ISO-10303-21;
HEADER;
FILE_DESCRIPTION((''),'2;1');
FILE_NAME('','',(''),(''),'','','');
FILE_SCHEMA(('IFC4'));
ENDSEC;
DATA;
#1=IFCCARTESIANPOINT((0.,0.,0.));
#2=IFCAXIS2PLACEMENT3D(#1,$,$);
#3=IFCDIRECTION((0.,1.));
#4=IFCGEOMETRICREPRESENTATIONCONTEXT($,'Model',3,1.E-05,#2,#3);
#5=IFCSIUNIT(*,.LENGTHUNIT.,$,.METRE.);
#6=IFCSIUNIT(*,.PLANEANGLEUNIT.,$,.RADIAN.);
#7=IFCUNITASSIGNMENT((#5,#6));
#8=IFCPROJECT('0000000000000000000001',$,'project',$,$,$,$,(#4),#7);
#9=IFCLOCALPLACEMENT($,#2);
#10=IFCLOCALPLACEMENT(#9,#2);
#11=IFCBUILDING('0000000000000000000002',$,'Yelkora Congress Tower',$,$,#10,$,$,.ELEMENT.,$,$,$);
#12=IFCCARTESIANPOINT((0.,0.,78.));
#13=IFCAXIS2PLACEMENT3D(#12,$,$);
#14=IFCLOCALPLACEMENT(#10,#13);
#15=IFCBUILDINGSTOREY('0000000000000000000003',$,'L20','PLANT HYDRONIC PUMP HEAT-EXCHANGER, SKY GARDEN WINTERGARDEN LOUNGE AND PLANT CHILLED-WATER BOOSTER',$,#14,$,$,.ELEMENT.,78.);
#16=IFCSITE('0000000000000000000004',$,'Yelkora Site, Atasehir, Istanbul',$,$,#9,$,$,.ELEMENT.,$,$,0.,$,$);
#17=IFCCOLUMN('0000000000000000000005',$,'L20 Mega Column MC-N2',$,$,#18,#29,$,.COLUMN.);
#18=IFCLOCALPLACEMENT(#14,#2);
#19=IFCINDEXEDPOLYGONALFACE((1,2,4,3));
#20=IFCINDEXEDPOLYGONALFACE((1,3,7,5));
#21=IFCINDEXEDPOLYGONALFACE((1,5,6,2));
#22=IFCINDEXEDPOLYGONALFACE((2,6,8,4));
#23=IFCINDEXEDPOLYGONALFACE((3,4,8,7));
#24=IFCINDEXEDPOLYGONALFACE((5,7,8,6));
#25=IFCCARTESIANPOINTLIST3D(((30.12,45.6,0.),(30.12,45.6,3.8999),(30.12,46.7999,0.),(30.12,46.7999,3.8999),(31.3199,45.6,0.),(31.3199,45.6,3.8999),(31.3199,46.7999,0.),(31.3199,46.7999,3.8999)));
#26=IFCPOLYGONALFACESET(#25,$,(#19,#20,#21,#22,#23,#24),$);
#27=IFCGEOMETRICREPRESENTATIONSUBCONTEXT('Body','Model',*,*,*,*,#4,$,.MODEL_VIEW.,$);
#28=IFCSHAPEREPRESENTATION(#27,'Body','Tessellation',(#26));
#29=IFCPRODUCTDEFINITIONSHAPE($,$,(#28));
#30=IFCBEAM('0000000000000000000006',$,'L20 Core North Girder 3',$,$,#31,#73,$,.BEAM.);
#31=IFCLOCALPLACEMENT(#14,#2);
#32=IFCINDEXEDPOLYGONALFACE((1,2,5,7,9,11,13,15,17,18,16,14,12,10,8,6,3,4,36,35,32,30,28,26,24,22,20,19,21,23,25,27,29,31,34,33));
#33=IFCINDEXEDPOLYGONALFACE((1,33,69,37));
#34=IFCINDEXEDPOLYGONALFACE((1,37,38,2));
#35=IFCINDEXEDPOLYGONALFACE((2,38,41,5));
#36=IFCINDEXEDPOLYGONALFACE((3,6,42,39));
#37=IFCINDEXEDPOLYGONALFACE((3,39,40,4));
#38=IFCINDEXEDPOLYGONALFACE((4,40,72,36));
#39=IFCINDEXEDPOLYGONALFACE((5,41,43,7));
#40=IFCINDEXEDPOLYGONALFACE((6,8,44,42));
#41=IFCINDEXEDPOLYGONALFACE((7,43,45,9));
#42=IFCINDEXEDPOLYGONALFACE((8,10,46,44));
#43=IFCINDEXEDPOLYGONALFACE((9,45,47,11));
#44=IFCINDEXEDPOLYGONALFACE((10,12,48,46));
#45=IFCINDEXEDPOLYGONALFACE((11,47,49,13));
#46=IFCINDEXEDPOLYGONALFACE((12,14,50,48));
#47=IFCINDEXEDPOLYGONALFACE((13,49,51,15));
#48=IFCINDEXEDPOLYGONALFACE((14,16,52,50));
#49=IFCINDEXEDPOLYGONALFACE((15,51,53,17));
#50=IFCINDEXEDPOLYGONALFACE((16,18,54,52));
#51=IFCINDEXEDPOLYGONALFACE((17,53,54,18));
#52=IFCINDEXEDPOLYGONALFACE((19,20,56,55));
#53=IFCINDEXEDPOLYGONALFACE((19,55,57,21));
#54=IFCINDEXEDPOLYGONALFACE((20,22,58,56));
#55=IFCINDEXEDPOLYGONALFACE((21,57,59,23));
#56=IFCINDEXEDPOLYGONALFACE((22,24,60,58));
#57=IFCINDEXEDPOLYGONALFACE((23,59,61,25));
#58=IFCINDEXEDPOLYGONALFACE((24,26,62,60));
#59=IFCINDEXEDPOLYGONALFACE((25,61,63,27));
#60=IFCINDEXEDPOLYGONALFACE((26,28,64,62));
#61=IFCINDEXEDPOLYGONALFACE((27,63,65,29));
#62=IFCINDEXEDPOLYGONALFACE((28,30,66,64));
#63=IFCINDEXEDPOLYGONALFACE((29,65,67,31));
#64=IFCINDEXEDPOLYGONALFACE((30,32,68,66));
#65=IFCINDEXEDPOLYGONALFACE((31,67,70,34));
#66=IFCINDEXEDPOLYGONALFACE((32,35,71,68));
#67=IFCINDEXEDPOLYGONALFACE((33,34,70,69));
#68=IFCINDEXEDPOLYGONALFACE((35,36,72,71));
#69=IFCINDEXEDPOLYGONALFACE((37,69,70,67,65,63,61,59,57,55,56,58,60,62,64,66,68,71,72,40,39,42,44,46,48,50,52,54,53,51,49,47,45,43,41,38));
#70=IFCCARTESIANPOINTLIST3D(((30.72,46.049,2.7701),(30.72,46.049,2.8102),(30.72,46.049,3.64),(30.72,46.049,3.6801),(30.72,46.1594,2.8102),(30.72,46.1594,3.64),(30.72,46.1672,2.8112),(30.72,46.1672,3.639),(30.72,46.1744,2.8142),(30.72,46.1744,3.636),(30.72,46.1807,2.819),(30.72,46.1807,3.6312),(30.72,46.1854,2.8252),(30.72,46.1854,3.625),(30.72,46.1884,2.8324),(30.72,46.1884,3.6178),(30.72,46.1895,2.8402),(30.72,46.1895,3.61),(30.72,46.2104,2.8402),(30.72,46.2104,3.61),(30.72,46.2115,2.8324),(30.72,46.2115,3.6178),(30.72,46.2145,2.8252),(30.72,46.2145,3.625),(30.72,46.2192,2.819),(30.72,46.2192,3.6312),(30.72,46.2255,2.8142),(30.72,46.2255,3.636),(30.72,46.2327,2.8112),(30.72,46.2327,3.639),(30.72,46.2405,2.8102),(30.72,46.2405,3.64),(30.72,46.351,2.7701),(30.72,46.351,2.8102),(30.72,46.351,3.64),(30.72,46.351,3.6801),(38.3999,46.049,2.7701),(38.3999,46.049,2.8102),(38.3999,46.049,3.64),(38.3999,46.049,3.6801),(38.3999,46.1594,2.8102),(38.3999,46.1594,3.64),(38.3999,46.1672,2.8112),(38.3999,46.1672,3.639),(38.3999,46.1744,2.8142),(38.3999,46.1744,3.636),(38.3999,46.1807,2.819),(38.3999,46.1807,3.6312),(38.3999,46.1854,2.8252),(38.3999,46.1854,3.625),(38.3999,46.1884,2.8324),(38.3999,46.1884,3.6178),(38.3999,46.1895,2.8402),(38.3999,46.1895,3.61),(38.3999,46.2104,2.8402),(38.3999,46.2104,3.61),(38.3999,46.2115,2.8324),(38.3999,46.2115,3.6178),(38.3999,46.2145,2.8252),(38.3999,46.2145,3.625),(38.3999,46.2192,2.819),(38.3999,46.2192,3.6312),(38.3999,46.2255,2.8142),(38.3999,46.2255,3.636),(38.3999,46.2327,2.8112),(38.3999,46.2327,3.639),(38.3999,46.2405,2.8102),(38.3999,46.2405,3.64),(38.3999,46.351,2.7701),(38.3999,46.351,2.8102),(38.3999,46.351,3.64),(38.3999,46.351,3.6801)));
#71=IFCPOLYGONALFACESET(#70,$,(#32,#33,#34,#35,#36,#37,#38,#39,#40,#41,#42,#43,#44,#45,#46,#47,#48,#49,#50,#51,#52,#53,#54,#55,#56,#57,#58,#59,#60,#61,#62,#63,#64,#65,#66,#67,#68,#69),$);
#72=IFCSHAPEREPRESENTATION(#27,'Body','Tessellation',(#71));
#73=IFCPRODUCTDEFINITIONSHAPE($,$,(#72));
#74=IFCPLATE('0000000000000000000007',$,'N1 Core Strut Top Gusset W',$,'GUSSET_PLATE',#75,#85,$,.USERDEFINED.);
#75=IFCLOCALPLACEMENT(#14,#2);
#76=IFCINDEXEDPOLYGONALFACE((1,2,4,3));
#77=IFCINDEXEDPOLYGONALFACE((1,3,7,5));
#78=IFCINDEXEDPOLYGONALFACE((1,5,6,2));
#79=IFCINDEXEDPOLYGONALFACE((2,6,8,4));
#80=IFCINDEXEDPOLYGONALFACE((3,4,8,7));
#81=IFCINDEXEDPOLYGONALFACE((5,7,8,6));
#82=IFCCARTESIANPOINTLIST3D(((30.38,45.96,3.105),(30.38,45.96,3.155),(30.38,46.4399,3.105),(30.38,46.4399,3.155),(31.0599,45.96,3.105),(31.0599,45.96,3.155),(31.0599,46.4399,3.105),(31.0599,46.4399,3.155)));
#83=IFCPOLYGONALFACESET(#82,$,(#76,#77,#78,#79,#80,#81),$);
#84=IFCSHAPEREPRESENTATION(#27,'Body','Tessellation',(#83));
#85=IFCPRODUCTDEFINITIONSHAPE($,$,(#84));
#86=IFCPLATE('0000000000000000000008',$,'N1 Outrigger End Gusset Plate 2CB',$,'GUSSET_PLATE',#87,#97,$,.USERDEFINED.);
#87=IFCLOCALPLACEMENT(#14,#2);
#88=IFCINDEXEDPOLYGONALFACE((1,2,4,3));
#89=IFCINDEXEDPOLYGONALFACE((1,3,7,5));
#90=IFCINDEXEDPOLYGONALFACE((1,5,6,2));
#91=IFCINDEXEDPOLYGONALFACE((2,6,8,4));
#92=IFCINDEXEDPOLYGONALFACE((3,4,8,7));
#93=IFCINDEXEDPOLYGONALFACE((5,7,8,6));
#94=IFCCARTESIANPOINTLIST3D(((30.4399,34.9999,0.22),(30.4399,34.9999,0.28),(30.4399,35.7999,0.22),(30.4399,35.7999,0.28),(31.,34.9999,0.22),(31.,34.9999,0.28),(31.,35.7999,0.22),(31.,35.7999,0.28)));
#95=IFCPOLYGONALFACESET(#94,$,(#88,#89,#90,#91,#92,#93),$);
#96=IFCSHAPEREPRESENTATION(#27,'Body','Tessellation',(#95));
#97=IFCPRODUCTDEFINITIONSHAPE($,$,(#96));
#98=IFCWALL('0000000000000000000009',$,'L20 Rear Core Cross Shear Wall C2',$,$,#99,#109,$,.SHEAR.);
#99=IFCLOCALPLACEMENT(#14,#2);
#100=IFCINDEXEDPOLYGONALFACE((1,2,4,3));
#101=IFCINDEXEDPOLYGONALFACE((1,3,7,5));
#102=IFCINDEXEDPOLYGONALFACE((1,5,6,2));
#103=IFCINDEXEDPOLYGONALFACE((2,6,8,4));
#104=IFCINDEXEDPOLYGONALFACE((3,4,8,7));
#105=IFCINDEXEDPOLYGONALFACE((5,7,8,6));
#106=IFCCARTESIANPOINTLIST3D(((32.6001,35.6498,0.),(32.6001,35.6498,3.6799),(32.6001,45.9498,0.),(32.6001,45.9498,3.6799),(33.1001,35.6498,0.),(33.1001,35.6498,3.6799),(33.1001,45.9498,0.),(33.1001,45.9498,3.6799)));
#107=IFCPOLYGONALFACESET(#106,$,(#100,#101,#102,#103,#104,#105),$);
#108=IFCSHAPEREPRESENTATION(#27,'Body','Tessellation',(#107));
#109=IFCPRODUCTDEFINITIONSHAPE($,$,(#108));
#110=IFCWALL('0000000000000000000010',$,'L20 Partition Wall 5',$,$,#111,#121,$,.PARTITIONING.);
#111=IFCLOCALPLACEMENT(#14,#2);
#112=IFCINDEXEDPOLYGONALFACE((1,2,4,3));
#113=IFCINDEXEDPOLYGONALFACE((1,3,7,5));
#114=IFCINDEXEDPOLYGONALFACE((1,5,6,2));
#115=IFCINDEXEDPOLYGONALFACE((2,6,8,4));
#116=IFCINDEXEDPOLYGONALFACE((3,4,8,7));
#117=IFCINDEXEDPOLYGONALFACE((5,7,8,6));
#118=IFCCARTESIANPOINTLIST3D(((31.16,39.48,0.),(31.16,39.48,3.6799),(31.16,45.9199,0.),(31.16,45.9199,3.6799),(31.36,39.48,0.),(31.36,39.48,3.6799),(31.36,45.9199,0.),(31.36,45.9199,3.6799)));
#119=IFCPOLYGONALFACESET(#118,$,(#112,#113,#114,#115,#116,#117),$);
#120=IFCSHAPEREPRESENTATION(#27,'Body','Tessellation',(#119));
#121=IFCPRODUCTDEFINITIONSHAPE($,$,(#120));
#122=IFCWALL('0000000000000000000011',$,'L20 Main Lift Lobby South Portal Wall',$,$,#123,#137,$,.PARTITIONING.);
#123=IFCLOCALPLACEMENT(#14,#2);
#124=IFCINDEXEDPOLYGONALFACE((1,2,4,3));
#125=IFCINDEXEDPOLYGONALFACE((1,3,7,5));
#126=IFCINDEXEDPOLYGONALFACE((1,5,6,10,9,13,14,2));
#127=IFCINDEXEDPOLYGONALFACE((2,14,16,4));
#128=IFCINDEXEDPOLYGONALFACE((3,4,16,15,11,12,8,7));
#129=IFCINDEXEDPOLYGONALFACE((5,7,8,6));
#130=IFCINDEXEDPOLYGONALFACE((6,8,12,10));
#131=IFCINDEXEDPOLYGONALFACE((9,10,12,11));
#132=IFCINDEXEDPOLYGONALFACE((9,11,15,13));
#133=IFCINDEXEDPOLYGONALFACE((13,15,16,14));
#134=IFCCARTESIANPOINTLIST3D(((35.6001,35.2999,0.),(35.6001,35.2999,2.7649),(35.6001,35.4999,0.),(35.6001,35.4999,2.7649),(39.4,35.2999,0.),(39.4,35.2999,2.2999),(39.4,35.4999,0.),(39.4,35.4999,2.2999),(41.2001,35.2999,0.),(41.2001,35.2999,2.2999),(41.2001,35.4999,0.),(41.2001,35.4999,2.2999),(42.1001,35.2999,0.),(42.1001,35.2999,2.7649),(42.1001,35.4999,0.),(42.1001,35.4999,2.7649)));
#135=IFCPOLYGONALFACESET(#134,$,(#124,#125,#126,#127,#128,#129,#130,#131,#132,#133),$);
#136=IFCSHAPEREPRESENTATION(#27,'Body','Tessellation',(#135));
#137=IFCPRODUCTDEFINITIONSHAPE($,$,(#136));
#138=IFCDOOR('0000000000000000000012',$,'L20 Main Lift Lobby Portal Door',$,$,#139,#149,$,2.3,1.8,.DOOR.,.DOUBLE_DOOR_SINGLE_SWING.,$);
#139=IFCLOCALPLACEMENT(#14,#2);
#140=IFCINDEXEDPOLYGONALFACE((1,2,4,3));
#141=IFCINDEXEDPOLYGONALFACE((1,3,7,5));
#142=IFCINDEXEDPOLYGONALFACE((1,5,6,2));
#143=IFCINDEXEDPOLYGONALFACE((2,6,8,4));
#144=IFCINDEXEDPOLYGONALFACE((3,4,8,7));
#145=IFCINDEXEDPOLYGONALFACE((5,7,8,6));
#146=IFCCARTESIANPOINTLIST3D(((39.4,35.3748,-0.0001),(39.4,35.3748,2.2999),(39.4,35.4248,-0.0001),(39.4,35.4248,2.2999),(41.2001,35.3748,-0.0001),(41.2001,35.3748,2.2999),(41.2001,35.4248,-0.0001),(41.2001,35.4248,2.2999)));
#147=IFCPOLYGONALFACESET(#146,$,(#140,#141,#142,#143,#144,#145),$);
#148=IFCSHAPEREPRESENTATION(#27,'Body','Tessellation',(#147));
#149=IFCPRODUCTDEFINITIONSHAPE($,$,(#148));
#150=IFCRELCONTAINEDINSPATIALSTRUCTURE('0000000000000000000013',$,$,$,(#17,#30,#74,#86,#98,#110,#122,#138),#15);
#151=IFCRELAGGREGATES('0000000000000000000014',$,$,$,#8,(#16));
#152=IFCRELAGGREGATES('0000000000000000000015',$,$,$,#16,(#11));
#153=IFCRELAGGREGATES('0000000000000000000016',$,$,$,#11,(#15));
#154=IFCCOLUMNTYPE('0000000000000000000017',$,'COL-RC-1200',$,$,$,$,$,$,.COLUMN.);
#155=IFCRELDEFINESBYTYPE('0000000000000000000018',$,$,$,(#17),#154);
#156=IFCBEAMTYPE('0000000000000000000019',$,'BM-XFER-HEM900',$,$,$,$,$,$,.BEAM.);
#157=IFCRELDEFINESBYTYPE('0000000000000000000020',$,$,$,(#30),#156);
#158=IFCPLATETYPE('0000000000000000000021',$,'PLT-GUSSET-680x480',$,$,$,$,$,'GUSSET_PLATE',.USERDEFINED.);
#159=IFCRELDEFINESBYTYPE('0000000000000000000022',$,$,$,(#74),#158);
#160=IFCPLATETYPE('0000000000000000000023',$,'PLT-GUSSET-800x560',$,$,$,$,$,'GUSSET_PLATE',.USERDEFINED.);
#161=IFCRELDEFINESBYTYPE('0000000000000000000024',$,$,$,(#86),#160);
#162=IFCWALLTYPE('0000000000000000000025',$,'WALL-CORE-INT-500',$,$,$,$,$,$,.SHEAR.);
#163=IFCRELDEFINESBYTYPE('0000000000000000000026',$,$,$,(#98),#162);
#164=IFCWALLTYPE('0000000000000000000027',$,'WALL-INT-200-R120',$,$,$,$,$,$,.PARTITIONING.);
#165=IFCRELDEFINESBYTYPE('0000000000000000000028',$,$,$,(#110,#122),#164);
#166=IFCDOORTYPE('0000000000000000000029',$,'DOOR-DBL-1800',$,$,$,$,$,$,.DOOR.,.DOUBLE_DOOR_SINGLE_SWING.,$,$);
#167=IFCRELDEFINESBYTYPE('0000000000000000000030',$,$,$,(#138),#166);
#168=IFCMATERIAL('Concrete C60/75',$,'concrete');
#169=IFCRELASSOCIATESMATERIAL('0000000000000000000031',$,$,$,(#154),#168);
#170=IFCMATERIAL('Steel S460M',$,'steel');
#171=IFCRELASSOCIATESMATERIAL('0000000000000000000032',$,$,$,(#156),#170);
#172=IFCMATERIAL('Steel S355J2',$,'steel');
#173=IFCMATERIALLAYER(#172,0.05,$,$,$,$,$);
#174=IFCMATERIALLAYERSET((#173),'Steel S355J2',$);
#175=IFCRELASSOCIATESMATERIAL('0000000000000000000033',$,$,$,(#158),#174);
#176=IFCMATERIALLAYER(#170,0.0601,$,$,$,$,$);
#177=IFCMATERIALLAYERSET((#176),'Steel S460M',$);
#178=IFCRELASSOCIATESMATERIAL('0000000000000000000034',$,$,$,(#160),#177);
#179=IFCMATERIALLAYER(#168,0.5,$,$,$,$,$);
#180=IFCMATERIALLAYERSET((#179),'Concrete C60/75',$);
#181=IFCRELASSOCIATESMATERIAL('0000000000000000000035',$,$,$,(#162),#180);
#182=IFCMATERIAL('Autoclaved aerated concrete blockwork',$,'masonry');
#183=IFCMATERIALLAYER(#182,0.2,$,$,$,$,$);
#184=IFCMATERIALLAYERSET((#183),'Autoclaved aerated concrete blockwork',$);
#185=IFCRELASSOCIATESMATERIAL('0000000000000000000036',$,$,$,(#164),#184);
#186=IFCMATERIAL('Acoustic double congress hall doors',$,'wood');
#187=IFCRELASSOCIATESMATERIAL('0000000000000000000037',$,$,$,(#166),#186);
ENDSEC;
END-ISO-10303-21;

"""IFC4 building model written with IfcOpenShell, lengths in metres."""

from ifc_helpers import new_model, si_unit, direction, frame, frame_2d, origin, origin_2d, place, context, subcontext, project, spatial, rectangle, i_section, extrude, material, layer, layer_set, material_profile, profile_set, type_object, element, fill, save


model = new_model("IFC4")

# Units and contexts
model_context = context("Model", 3, precision=1e-05, world=origin(), true_north=direction((0.0, 1.0)))
body_context = subcontext(model_context, "Body", "Model", "MODEL_VIEW")
ifc_project = project(units=[si_unit("LENGTHUNIT", "METRE"), si_unit("PLANEANGLEUNIT", "RADIAN")], contexts=[model_context])

# Site, building, storey
site_placement = place(None, origin())
site = spatial("IfcSite", under=ifc_project, at=site_placement, Name="Yelkora Site, Atasehir, Istanbul", CompositionType="ELEMENT", RefElevation=0.0)
building_placement = place(site_placement, origin())
building = spatial("IfcBuilding", under=site, at=building_placement, Name="Yelkora Congress Tower", CompositionType="ELEMENT")
storey_placement = place(building_placement, frame((0.0, 0.0, 78.0)))
storey = spatial("IfcBuildingStorey", under=building, at=storey_placement, Name="L20", Description="PLANT HYDRONIC PUMP HEAT-EXCHANGER, SKY GARDEN WINTERGARDEN LOUNGE AND PLANT CHILLED-WATER BOOSTER", CompositionType="ELEMENT", Elevation=78.0)

# Column
ifc_material_1 = material(Name="Concrete C60/75", Category="concrete")
ifc_material_profile_1 = material_profile(ifc_material_1, rectangle(XDim=1.2, YDim=1.2, at=origin_2d()), Name="RC 1200x1200")
ifc_profile_set_1 = profile_set([ifc_material_profile_1], Name="Concrete C60/75")
column_type = type_object("IfcColumnType", Name="COL-RC-1200", PredefinedType="COLUMN", material=ifc_profile_set_1)
column_placement = place(storey_placement, frame((30.72, 46.2, 0.0), z_axis=(0.0, 0.0, 1.0), x_axis=(1.0, 0.0, 0.0)))
element("IfcColumn", 1, at=column_placement, inside=storey, type_object=column_type, Name="L20 Mega Column MC-N2", PredefinedType="COLUMN", context=body_context, shape_type="SweptSolid", body=[
    extrude(rectangle(XDim=1.2, YDim=1.2, at=origin_2d()), origin(), (0.0, 0.0, 1.0), 3.8999),
])

# Beam
ifc_material_2 = material(Name="Steel S460M", Category="steel")
ifc_material_profile_2 = material_profile(ifc_material_2, i_section(OverallWidth=0.302, OverallDepth=0.9099, WebThickness=0.021, FlangeThickness=0.04, FilletRadius=0.03, at=origin_2d()), Name="HEM 900")
ifc_profile_set_2 = profile_set([ifc_material_profile_2], Name="Steel S460M")
beam_type = type_object("IfcBeamType", Name="BM-XFER-HEM900", PredefinedType="BEAM", material=ifc_profile_set_2)
beam_placement = place(storey_placement, frame((30.72, 46.2, 3.2251), z_axis=(1.0, 0.0, 0.0), x_axis=(0.0, 1.0, 0.0)))
element("IfcBeam", 2, at=beam_placement, inside=storey, type_object=beam_type, Name="L20 Core North Girder 3", PredefinedType="BEAM", context=body_context, shape_type="SweptSolid", body=[
    extrude(i_section(OverallWidth=0.302, OverallDepth=0.9099, WebThickness=0.021, FlangeThickness=0.04, FilletRadius=0.03, at=origin_2d()), origin(), (0.0, 0.0, 1.0), 7.6799),
])

# Plates
ifc_material_3 = material(Name="Steel S355J2", Category="steel")
ifc_layer_1 = layer(ifc_material_3, 0.05)
ifc_layer_set_1 = layer_set([ifc_layer_1], Name="Steel S355J2")
plate_type_1 = type_object("IfcPlateType", Name="PLT-GUSSET-680x480", ElementType="GUSSET_PLATE", PredefinedType="USERDEFINED", material=ifc_layer_set_1)
plate_1_placement = place(storey_placement, frame((30.72, 46.2, 3.105), z_axis=(0.0, 0.0, 1.0), x_axis=(1.0, 0.0, 0.0)))
element("IfcPlate", 3, at=plate_1_placement, inside=storey, type_object=plate_type_1, Name="N1 Core Strut Top Gusset W", ObjectType="GUSSET_PLATE", PredefinedType="USERDEFINED", context=body_context, shape_type="SweptSolid", body=[
    extrude(rectangle(XDim=0.6799, YDim=0.48, at=origin_2d()), origin(), (0.0, 0.0, 1.0), 0.05),
])
ifc_layer_2 = layer(ifc_material_2, 0.0601)
ifc_layer_set_2 = layer_set([ifc_layer_2], Name="Steel S460M")
plate_type_2 = type_object("IfcPlateType", Name="PLT-GUSSET-800x560", ElementType="GUSSET_PLATE", PredefinedType="USERDEFINED", material=ifc_layer_set_2)
plate_2_placement = place(storey_placement, frame((30.72, 35.3999, 0.22), z_axis=(0.0, 0.0, 1.0), x_axis=(0.0, 1.0, 0.0)))
element("IfcPlate", 4, at=plate_2_placement, inside=storey, type_object=plate_type_2, Name="N1 Outrigger End Gusset Plate 2CB", ObjectType="GUSSET_PLATE", PredefinedType="USERDEFINED", context=body_context, shape_type="SweptSolid", body=[
    extrude(rectangle(XDim=0.8, YDim=0.5601, at=origin_2d()), origin(), (0.0, 0.0, 1.0), 0.0601),
])

# Walls
ifc_layer_3 = layer(ifc_material_1, 0.5)
ifc_layer_set_3 = layer_set([ifc_layer_3], Name="Concrete C60/75")
wall_type_1 = type_object("IfcWallType", Name="WALL-CORE-INT-500", PredefinedType="SHEAR", material=ifc_layer_set_3)
wall_1_placement = place(storey_placement, frame((32.8501, 35.6499, 0.0), z_axis=(0.0, 0.0, 1.0), x_axis=(0.0, 1.0, 0.0)))
element("IfcWall", 5, at=wall_1_placement, inside=storey, type_object=wall_type_1, Name="L20 Rear Core Cross Shear Wall C2", PredefinedType="SHEAR", context=body_context, shape_type="SweptSolid", body=[
    extrude(rectangle(XDim=10.3, YDim=0.5, at=frame_2d((5.1499, 0.0))), origin(), (0.0, 0.0, 1.0), 3.6799),
])
ifc_material_4 = material(Name="Autoclaved aerated concrete blockwork", Category="masonry")
ifc_layer_4 = layer(ifc_material_4, 0.2)
ifc_layer_set_4 = layer_set([ifc_layer_4], Name="Autoclaved aerated concrete blockwork")
wall_type_2 = type_object("IfcWallType", Name="WALL-INT-200-R120", PredefinedType="PARTITIONING", material=ifc_layer_set_4)
wall_2_placement = place(storey_placement, frame((31.26, 39.48, 0.0), z_axis=(0.0, 0.0, 1.0), x_axis=(0.0, 1.0, 0.0)))
element("IfcWall", 6, at=wall_2_placement, inside=storey, type_object=wall_type_2, Name="L20 Partition Wall 5", PredefinedType="PARTITIONING", context=body_context, shape_type="SweptSolid", body=[
    extrude(rectangle(XDim=6.4399, YDim=0.2, at=frame_2d((3.22, 0.0))), origin(), (0.0, 0.0, 1.0), 3.6799),
])

# Wall, opening, door
wall_3_placement = place(storey_placement, frame((35.6001, 35.3999, 0.0), z_axis=(0.0, 0.0, 1.0), x_axis=(1.0, 0.0, 0.0)))
wall_3 = element("IfcWall", 7, at=wall_3_placement, inside=storey, type_object=wall_type_2, Name="L20 Main Lift Lobby South Portal Wall", PredefinedType="PARTITIONING", context=body_context, shape_type="SweptSolid", body=[
    extrude(rectangle(XDim=6.5, YDim=0.2, at=frame_2d((3.25, 0.0))), origin(), (0.0, 0.0, 1.0), 2.7649),
])
opening_1_placement = place(wall_3_placement, frame((3.8, 0.0, 0.0)))
opening_1 = element("IfcOpeningElement", 8, at=opening_1_placement, cuts=wall_3, PredefinedType="OPENING", context=body_context, shape_type="SweptSolid", body=[
    extrude(rectangle(XDim=1.8, YDim=2.3, at=frame_2d((0.8999, 1.1499))), frame((0.0, 0.1099, 0.0), z_axis=(0.0, -1.0, 0.0), x_axis=(1.0, 0.0, 0.0)), (0.0, 0.0, 1.0), 0.22),
])
ifc_material_5 = material(Name="Acoustic double congress hall doors", Category="wood")
door_type_1 = type_object("IfcDoorType", Name="DOOR-DBL-1800", OperationType="DOUBLE_DOOR_SINGLE_SWING", PredefinedType="DOOR", material=ifc_material_5)
door_1_placement = place(opening_1_placement, origin())
door_1 = element("IfcDoor", 9, at=door_1_placement, inside=storey, type_object=door_type_1, Name="L20 Main Lift Lobby Portal Door", OperationType="DOUBLE_DOOR_SINGLE_SWING", OverallHeight=2.3, OverallWidth=1.8, PredefinedType="DOOR", context=body_context, shape_type="SweptSolid", body=[
    extrude(rectangle(XDim=1.8, YDim=2.3, at=frame_2d((0.8999, 1.1499))), frame((0.0, 0.0249, 0.0), z_axis=(0.0, -1.0, 0.0), x_axis=(1.0, 0.0, 0.0)), (0.0, 0.0, 1.0), 0.05),
])
fill(opening_1, door_1)

save(model, "model.ifc")
